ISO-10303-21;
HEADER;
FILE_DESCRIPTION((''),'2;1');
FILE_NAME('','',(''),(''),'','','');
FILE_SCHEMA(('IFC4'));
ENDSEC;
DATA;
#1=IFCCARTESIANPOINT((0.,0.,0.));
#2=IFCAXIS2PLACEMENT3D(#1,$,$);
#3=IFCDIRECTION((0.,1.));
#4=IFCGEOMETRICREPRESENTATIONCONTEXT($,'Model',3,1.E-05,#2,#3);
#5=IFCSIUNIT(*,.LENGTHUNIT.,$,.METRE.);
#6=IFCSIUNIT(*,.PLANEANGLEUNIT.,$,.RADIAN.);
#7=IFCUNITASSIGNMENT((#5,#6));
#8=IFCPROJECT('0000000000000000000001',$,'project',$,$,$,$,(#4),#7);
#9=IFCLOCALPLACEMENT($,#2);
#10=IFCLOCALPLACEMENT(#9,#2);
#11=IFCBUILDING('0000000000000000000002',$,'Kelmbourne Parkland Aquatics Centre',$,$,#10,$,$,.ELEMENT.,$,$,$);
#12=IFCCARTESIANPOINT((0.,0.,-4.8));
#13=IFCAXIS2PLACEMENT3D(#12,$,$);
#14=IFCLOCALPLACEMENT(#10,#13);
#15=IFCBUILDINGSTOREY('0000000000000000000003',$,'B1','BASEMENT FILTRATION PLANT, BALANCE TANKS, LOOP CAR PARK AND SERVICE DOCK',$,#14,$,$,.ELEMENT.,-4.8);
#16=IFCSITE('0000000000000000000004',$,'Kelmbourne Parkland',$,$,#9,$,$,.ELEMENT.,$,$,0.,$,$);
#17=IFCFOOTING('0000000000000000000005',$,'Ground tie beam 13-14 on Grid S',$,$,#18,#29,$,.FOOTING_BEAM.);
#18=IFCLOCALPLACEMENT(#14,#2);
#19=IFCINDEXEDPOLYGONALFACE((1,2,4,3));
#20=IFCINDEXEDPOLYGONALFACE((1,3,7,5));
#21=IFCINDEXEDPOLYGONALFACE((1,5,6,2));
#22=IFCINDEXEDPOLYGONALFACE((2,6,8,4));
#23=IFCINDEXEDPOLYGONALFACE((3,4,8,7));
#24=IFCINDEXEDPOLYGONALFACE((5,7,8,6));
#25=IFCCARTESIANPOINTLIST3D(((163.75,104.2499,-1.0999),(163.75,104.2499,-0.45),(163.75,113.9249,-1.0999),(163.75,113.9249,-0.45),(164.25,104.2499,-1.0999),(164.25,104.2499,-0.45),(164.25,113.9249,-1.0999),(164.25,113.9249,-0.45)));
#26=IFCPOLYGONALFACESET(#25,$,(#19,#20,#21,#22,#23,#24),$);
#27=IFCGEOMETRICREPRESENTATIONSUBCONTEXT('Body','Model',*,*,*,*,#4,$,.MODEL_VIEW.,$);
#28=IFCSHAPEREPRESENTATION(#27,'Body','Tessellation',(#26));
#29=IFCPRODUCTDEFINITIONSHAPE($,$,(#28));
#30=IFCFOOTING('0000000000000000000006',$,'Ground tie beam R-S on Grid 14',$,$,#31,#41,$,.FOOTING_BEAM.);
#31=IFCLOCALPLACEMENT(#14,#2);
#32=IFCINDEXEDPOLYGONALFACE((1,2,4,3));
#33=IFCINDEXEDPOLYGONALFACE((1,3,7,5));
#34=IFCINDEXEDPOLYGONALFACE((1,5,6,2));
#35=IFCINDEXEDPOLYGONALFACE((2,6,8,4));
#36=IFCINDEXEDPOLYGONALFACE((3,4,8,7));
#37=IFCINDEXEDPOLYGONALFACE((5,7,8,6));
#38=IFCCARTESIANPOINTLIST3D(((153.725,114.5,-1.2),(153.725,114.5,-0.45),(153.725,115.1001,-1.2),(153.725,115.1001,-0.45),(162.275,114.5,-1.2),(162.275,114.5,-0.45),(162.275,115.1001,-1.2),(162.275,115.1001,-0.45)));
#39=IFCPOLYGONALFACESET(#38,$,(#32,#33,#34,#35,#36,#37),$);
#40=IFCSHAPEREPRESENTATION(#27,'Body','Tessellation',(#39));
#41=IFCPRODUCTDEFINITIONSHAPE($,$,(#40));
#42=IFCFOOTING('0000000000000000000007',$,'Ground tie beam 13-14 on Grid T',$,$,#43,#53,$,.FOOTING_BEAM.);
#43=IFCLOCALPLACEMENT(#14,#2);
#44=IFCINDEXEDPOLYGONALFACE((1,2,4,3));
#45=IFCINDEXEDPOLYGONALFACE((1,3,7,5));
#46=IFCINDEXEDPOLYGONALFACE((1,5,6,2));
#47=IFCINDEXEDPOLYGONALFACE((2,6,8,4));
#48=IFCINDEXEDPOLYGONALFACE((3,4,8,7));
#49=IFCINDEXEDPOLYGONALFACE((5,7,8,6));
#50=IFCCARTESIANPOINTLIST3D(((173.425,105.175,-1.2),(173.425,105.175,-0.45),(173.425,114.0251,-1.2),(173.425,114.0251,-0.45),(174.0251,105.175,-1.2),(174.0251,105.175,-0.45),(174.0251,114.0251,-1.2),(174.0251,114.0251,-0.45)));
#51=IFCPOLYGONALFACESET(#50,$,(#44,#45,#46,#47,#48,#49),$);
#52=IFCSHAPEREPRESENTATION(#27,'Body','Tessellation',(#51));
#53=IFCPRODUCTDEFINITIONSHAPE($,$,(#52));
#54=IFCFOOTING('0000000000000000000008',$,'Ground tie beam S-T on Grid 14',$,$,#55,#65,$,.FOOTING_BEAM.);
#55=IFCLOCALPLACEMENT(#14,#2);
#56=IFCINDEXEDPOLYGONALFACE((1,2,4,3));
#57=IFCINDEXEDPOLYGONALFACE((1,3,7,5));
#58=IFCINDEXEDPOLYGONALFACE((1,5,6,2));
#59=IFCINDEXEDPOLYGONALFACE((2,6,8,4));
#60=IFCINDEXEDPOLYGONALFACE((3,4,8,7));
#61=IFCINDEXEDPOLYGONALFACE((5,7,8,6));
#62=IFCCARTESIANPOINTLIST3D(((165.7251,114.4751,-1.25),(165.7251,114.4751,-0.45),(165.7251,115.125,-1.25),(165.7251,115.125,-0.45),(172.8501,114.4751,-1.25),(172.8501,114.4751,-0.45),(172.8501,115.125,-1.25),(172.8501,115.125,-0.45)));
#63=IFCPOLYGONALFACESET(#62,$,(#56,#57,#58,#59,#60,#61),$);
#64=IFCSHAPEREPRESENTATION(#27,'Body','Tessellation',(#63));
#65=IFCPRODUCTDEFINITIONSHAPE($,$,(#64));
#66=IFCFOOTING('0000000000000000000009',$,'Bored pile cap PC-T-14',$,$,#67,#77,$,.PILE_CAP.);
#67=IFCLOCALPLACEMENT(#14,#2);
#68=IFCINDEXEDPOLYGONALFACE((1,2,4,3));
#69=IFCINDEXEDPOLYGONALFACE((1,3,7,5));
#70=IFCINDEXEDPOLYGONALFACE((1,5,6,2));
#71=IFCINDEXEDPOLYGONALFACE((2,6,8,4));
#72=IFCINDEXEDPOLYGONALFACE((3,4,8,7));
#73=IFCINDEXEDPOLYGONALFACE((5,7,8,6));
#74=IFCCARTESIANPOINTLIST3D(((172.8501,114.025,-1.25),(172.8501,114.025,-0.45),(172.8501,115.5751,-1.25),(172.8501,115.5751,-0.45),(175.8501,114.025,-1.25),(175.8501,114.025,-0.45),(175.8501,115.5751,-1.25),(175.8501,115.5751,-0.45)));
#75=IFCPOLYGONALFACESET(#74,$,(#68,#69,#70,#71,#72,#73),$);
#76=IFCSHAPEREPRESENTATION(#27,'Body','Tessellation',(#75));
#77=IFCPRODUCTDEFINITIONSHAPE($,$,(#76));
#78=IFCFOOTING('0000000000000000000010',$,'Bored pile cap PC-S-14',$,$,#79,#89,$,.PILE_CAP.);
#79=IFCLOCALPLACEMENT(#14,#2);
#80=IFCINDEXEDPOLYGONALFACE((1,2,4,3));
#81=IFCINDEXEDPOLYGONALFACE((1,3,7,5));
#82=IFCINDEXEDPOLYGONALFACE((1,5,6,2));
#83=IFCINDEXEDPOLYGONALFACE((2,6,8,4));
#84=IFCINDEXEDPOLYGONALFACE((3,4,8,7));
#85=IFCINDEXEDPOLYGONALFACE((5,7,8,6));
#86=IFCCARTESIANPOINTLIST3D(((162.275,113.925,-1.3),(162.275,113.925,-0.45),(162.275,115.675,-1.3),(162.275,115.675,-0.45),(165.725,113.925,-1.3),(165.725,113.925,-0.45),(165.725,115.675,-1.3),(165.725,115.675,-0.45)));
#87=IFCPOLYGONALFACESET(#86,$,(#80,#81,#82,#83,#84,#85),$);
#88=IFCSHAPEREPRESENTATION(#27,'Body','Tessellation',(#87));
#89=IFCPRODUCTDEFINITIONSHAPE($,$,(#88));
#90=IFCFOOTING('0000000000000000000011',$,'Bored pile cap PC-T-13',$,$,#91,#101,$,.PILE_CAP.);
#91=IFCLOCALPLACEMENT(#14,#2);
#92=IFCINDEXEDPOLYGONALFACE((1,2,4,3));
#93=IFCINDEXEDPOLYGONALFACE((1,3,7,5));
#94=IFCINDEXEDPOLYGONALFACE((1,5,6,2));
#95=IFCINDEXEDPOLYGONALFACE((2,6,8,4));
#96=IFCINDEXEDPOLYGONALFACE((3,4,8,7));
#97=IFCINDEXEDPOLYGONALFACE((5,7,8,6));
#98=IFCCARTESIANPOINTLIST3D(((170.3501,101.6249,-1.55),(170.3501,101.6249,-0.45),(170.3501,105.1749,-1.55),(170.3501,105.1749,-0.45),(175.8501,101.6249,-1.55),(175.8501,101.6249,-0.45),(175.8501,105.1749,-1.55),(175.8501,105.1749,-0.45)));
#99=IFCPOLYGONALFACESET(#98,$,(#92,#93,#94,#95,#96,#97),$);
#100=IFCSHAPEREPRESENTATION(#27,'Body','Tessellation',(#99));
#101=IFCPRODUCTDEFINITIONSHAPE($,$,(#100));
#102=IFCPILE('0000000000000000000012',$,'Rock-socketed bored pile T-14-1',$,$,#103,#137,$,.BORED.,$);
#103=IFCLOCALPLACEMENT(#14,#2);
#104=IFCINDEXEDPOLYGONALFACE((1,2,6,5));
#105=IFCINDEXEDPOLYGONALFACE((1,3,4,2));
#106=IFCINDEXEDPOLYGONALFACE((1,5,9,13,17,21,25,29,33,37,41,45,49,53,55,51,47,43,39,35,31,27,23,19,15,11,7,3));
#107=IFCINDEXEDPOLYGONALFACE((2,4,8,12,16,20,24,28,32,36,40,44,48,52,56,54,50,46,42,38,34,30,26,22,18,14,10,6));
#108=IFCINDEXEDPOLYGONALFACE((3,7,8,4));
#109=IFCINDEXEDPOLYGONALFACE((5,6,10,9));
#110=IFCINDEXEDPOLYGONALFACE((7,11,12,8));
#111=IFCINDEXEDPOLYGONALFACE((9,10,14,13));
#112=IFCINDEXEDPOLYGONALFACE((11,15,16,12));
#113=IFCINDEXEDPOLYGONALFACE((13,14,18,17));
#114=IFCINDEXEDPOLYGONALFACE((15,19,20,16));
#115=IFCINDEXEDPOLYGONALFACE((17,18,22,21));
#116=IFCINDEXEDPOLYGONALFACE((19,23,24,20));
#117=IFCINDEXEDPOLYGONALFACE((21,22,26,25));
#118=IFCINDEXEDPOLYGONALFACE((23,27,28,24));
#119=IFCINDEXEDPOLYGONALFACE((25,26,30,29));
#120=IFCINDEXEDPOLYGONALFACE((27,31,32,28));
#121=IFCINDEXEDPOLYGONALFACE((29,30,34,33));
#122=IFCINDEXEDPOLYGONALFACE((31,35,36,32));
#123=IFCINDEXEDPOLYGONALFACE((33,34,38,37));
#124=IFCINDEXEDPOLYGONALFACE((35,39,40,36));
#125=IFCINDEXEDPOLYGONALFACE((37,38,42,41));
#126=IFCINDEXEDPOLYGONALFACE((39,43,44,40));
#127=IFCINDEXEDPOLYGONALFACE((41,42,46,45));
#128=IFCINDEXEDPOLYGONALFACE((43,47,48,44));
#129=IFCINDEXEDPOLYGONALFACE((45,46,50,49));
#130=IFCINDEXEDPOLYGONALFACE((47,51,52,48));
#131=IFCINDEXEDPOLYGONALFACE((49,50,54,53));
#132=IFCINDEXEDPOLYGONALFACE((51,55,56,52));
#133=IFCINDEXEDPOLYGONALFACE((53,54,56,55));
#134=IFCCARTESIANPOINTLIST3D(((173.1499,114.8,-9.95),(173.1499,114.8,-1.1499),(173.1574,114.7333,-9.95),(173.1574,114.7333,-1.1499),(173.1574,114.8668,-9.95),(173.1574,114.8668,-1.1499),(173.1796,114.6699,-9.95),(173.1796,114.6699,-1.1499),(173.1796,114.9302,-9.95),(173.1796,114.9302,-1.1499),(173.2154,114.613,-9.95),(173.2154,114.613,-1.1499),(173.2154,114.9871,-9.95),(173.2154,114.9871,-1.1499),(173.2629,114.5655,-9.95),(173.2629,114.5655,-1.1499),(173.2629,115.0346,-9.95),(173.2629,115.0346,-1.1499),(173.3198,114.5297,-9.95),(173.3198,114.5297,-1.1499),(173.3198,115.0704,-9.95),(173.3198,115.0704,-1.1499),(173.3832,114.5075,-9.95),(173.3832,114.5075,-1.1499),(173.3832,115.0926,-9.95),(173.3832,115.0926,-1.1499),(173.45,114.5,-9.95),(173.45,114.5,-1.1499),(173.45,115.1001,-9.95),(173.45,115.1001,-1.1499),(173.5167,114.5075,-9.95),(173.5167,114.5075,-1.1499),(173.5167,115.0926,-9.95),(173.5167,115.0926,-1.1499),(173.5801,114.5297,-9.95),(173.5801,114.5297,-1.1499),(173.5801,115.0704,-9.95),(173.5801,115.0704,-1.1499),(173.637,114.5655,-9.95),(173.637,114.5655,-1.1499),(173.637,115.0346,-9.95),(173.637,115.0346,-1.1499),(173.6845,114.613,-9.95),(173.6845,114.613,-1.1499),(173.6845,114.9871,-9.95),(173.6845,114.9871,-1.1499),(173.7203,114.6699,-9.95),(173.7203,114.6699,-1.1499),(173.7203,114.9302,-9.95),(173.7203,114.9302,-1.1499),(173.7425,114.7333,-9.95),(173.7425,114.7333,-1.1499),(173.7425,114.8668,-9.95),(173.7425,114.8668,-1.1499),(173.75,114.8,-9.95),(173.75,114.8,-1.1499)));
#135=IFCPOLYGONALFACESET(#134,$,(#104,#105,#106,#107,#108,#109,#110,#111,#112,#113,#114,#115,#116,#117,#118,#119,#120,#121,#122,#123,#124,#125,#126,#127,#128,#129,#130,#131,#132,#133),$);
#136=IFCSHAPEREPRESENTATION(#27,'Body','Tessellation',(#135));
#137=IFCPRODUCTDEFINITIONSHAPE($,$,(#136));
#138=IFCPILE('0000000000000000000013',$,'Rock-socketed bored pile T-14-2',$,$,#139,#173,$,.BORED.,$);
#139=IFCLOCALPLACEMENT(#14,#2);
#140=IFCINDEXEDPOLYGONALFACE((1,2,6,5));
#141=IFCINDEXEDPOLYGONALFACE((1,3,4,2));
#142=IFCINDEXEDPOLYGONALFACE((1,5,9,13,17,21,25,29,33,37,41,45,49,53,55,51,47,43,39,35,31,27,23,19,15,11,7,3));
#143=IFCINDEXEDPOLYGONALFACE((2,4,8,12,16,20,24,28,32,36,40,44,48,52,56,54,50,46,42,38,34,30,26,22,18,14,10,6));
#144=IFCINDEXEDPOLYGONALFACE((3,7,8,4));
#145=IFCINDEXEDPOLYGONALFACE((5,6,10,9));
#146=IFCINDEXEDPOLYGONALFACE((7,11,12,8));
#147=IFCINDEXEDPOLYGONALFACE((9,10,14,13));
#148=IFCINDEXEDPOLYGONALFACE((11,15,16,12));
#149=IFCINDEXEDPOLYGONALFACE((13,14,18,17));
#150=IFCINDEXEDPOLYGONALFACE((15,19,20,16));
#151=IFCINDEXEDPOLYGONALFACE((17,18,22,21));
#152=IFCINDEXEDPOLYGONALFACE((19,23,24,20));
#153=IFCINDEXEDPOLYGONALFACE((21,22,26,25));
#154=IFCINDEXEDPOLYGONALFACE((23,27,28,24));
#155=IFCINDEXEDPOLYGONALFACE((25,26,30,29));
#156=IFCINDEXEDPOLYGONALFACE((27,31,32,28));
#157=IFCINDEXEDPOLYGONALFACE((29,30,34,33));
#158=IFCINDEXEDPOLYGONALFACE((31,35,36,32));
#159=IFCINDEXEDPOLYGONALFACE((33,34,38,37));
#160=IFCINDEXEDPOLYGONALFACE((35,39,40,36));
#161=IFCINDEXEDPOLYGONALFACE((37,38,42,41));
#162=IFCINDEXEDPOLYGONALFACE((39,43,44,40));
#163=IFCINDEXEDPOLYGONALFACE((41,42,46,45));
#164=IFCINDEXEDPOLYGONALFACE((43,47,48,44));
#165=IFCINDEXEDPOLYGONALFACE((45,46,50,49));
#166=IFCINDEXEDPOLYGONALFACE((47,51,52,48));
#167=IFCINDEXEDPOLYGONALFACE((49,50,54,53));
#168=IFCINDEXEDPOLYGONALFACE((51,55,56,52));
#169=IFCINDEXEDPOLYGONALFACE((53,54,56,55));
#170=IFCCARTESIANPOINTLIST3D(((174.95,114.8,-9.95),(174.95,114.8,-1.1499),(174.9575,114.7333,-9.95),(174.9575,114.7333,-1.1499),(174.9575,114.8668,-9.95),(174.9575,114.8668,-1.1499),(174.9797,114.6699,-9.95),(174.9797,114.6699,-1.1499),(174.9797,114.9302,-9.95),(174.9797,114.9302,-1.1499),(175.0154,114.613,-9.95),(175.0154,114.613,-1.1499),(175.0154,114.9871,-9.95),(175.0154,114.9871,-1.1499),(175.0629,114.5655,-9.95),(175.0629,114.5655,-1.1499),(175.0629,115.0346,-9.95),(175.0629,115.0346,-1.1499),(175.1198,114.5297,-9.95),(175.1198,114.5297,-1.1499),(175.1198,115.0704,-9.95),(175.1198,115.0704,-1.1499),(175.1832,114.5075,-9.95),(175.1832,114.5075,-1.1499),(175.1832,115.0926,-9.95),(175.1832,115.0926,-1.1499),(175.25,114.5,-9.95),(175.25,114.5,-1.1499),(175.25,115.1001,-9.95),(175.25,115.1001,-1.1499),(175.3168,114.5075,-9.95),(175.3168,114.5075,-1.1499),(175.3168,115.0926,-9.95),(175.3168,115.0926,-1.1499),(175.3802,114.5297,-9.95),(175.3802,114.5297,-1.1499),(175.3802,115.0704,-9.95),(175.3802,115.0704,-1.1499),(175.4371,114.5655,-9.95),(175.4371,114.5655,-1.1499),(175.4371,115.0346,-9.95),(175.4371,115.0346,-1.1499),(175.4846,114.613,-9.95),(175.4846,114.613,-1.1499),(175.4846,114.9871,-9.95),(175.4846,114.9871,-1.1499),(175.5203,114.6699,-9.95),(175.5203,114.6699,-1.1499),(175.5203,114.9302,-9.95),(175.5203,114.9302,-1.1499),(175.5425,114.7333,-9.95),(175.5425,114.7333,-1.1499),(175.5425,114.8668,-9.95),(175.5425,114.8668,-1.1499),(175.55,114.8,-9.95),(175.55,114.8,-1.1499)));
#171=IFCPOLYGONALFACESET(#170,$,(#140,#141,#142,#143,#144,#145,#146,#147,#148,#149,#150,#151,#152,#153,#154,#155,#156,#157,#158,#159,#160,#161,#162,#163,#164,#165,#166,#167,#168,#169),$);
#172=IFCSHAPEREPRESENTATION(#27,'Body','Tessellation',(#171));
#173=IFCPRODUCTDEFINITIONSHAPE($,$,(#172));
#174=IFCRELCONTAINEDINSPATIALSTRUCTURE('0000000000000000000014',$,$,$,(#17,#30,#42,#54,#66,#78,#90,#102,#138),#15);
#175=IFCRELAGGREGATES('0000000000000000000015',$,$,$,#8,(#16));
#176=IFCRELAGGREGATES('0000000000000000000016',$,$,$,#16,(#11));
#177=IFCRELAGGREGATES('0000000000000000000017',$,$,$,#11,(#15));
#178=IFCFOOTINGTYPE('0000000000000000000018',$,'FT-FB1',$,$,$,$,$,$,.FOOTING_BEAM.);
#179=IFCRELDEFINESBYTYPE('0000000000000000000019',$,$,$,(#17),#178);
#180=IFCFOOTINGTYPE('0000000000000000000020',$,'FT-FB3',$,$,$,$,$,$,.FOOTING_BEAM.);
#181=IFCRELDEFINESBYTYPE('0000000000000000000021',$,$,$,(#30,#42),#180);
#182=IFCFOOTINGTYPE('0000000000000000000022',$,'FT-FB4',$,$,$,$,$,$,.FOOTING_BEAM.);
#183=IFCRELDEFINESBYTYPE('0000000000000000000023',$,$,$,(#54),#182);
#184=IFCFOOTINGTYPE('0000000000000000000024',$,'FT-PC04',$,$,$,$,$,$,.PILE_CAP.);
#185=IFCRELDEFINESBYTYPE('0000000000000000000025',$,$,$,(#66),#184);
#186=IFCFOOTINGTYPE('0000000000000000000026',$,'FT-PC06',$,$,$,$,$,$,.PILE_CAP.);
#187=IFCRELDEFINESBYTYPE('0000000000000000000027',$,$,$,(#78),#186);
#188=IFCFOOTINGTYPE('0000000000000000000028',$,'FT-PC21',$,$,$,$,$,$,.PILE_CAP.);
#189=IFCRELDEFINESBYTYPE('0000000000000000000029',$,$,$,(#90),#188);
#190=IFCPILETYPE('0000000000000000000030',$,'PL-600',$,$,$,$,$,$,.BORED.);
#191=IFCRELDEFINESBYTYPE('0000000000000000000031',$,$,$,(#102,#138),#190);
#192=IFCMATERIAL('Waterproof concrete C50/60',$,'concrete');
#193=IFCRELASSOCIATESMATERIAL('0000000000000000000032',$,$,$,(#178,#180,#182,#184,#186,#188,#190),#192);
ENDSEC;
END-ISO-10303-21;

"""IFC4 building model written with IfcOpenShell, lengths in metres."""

from ifc_helpers import new_model, si_unit, direction, frame, origin, origin_2d, place, context, subcontext, project, spatial, rectangle, circle, extrude, material, material_profile, profile_set, type_object, element, save


model = new_model("IFC4")

# Units and contexts
model_context = context("Model", 3, precision=1e-05, world=origin(), true_north=direction((0.0, 1.0)))
body_context = subcontext(model_context, "Body", "Model", "MODEL_VIEW")
ifc_project = project(units=[si_unit("LENGTHUNIT", "METRE"), si_unit("PLANEANGLEUNIT", "RADIAN")], contexts=[model_context])

# Site, building, storey
site_placement = place(None, origin())
site = spatial("IfcSite", under=ifc_project, at=site_placement, Name="Kelmbourne Parkland", CompositionType="ELEMENT", RefElevation=0.0)
building_placement = place(site_placement, origin())
building = spatial("IfcBuilding", under=site, at=building_placement, Name="Kelmbourne Parkland Aquatics Centre", CompositionType="ELEMENT")
storey_placement = place(building_placement, frame((0.0, 0.0, -4.8)))
storey = spatial("IfcBuildingStorey", under=building, at=storey_placement, Name="B1", Description="BASEMENT FILTRATION PLANT, BALANCE TANKS, LOOP CAR PARK AND SERVICE DOCK", CompositionType="ELEMENT", Elevation=-4.8)

# Footings
ifc_material_1 = material(Name="Waterproof concrete C50/60", Category="concrete")
footing_type_1 = type_object("IfcFootingType", Name="FT-FB1", PredefinedType="FOOTING_BEAM", material=ifc_material_1)
footing_1_placement = place(storey_placement, frame((164.0, 109.0874, -1.0999), z_axis=(0.0, 0.0, 1.0), x_axis=(0.0, 1.0, 0.0)))
element("IfcFooting", 1, at=footing_1_placement, inside=storey, type_object=footing_type_1, Name="Ground tie beam 13-14 on Grid S", PredefinedType="FOOTING_BEAM", context=body_context, shape_type="SweptSolid", body=[
    extrude(rectangle(XDim=9.675, YDim=0.5, at=origin_2d()), origin(), (0.0, 0.0, 1.0), 0.6499),
])
footing_type_2 = type_object("IfcFootingType", Name="FT-FB3", PredefinedType="FOOTING_BEAM", material=ifc_material_1)
footing_2_placement = place(storey_placement, frame((158.0, 114.8, -1.2), z_axis=(0.0, 0.0, 1.0), x_axis=(1.0, 0.0, 0.0)))
element("IfcFooting", 2, at=footing_2_placement, inside=storey, type_object=footing_type_2, Name="Ground tie beam R-S on Grid 14", PredefinedType="FOOTING_BEAM", context=body_context, shape_type="SweptSolid", body=[
    extrude(rectangle(XDim=8.55, YDim=0.6001, at=origin_2d()), origin(), (0.0, 0.0, 1.0), 0.75),
])
footing_3_placement = place(storey_placement, frame((173.7251, 109.6001, -1.2), z_axis=(0.0, 0.0, 1.0), x_axis=(0.0, 1.0, 0.0)))
element("IfcFooting", 3, at=footing_3_placement, inside=storey, type_object=footing_type_2, Name="Ground tie beam 13-14 on Grid T", PredefinedType="FOOTING_BEAM", context=body_context, shape_type="SweptSolid", body=[
    extrude(rectangle(XDim=8.8501, YDim=0.6001, at=origin_2d()), origin(), (0.0, 0.0, 1.0), 0.75),
])
footing_type_3 = type_object("IfcFootingType", Name="FT-FB4", PredefinedType="FOOTING_BEAM", material=ifc_material_1)
footing_4_placement = place(storey_placement, frame((169.2876, 114.8, -1.25), z_axis=(0.0, 0.0, 1.0), x_axis=(1.0, 0.0, 0.0)))
element("IfcFooting", 4, at=footing_4_placement, inside=storey, type_object=footing_type_3, Name="Ground tie beam S-T on Grid 14", PredefinedType="FOOTING_BEAM", context=body_context, shape_type="SweptSolid", body=[
    extrude(rectangle(XDim=7.125, YDim=0.6499, at=origin_2d()), origin(), (0.0, 0.0, 1.0), 0.8),
])
footing_type_4 = type_object("IfcFootingType", Name="FT-PC04", PredefinedType="PILE_CAP", material=ifc_material_1)
footing_5_placement = place(storey_placement, frame((174.3501, 114.8, -1.25), z_axis=(0.0, 0.0, 1.0), x_axis=(1.0, 0.0, 0.0)))
element("IfcFooting", 5, at=footing_5_placement, inside=storey, type_object=footing_type_4, Name="Bored pile cap PC-T-14", PredefinedType="PILE_CAP", context=body_context, shape_type="SweptSolid", body=[
    extrude(rectangle(XDim=3.0, YDim=1.55, at=origin_2d()), origin(), (0.0, 0.0, 1.0), 0.8),
])
footing_type_5 = type_object("IfcFootingType", Name="FT-PC06", PredefinedType="PILE_CAP", material=ifc_material_1)
footing_6_placement = place(storey_placement, frame((164.0, 114.8, -1.3), z_axis=(0.0, 0.0, 1.0), x_axis=(1.0, 0.0, 0.0)))
element("IfcFooting", 6, at=footing_6_placement, inside=storey, type_object=footing_type_5, Name="Bored pile cap PC-S-14", PredefinedType="PILE_CAP", context=body_context, shape_type="SweptSolid", body=[
    extrude(rectangle(XDim=3.45, YDim=1.75, at=origin_2d()), origin(), (0.0, 0.0, 1.0), 0.8501),
])
footing_type_6 = type_object("IfcFootingType", Name="FT-PC21", PredefinedType="PILE_CAP", material=ifc_material_1)
footing_7_placement = place(storey_placement, frame((173.1001, 103.3999, -1.55), z_axis=(0.0, 0.0, 1.0), x_axis=(1.0, 0.0, 0.0)))
element("IfcFooting", 7, at=footing_7_placement, inside=storey, type_object=footing_type_6, Name="Bored pile cap PC-T-13", PredefinedType="PILE_CAP", context=body_context, shape_type="SweptSolid", body=[
    extrude(rectangle(XDim=5.5, YDim=3.55, at=origin_2d()), origin(), (0.0, 0.0, 1.0), 1.1001),
])

# Piles
ifc_material_profile_1 = material_profile(ifc_material_1, circle(Radius=0.3, at=origin_2d()), Name="PILE D600")
ifc_profile_set_1 = profile_set([ifc_material_profile_1], Name="Waterproof concrete C50/60")
pile_type_1 = type_object("IfcPileType", Name="PL-600", PredefinedType="BORED", material=ifc_profile_set_1)
for number, where, z_axis, x_axis, name in (
    (8, (173.45, 114.8, -1.1499), (0.0, 0.0, -1.0), (1.0, 0.0, 0.0), "Rock-socketed bored pile T-14-1"),
    (9, (175.25, 114.8, -1.1499), (0.0, 0.0, -1.0), (1.0, 0.0, 0.0), "Rock-socketed bored pile T-14-2"),
):
    element("IfcPile", number, at=place(storey_placement, frame(where, z_axis=z_axis, x_axis=x_axis)), inside=storey, type_object=pile_type_1, Name=name, PredefinedType="BORED", context=body_context, shape_type="SweptSolid", body=[
        extrude(circle(Radius=0.3, at=origin_2d()), origin(), (0.0, 0.0, 1.0), 8.8),
    ])

save(model, "model.ifc")
